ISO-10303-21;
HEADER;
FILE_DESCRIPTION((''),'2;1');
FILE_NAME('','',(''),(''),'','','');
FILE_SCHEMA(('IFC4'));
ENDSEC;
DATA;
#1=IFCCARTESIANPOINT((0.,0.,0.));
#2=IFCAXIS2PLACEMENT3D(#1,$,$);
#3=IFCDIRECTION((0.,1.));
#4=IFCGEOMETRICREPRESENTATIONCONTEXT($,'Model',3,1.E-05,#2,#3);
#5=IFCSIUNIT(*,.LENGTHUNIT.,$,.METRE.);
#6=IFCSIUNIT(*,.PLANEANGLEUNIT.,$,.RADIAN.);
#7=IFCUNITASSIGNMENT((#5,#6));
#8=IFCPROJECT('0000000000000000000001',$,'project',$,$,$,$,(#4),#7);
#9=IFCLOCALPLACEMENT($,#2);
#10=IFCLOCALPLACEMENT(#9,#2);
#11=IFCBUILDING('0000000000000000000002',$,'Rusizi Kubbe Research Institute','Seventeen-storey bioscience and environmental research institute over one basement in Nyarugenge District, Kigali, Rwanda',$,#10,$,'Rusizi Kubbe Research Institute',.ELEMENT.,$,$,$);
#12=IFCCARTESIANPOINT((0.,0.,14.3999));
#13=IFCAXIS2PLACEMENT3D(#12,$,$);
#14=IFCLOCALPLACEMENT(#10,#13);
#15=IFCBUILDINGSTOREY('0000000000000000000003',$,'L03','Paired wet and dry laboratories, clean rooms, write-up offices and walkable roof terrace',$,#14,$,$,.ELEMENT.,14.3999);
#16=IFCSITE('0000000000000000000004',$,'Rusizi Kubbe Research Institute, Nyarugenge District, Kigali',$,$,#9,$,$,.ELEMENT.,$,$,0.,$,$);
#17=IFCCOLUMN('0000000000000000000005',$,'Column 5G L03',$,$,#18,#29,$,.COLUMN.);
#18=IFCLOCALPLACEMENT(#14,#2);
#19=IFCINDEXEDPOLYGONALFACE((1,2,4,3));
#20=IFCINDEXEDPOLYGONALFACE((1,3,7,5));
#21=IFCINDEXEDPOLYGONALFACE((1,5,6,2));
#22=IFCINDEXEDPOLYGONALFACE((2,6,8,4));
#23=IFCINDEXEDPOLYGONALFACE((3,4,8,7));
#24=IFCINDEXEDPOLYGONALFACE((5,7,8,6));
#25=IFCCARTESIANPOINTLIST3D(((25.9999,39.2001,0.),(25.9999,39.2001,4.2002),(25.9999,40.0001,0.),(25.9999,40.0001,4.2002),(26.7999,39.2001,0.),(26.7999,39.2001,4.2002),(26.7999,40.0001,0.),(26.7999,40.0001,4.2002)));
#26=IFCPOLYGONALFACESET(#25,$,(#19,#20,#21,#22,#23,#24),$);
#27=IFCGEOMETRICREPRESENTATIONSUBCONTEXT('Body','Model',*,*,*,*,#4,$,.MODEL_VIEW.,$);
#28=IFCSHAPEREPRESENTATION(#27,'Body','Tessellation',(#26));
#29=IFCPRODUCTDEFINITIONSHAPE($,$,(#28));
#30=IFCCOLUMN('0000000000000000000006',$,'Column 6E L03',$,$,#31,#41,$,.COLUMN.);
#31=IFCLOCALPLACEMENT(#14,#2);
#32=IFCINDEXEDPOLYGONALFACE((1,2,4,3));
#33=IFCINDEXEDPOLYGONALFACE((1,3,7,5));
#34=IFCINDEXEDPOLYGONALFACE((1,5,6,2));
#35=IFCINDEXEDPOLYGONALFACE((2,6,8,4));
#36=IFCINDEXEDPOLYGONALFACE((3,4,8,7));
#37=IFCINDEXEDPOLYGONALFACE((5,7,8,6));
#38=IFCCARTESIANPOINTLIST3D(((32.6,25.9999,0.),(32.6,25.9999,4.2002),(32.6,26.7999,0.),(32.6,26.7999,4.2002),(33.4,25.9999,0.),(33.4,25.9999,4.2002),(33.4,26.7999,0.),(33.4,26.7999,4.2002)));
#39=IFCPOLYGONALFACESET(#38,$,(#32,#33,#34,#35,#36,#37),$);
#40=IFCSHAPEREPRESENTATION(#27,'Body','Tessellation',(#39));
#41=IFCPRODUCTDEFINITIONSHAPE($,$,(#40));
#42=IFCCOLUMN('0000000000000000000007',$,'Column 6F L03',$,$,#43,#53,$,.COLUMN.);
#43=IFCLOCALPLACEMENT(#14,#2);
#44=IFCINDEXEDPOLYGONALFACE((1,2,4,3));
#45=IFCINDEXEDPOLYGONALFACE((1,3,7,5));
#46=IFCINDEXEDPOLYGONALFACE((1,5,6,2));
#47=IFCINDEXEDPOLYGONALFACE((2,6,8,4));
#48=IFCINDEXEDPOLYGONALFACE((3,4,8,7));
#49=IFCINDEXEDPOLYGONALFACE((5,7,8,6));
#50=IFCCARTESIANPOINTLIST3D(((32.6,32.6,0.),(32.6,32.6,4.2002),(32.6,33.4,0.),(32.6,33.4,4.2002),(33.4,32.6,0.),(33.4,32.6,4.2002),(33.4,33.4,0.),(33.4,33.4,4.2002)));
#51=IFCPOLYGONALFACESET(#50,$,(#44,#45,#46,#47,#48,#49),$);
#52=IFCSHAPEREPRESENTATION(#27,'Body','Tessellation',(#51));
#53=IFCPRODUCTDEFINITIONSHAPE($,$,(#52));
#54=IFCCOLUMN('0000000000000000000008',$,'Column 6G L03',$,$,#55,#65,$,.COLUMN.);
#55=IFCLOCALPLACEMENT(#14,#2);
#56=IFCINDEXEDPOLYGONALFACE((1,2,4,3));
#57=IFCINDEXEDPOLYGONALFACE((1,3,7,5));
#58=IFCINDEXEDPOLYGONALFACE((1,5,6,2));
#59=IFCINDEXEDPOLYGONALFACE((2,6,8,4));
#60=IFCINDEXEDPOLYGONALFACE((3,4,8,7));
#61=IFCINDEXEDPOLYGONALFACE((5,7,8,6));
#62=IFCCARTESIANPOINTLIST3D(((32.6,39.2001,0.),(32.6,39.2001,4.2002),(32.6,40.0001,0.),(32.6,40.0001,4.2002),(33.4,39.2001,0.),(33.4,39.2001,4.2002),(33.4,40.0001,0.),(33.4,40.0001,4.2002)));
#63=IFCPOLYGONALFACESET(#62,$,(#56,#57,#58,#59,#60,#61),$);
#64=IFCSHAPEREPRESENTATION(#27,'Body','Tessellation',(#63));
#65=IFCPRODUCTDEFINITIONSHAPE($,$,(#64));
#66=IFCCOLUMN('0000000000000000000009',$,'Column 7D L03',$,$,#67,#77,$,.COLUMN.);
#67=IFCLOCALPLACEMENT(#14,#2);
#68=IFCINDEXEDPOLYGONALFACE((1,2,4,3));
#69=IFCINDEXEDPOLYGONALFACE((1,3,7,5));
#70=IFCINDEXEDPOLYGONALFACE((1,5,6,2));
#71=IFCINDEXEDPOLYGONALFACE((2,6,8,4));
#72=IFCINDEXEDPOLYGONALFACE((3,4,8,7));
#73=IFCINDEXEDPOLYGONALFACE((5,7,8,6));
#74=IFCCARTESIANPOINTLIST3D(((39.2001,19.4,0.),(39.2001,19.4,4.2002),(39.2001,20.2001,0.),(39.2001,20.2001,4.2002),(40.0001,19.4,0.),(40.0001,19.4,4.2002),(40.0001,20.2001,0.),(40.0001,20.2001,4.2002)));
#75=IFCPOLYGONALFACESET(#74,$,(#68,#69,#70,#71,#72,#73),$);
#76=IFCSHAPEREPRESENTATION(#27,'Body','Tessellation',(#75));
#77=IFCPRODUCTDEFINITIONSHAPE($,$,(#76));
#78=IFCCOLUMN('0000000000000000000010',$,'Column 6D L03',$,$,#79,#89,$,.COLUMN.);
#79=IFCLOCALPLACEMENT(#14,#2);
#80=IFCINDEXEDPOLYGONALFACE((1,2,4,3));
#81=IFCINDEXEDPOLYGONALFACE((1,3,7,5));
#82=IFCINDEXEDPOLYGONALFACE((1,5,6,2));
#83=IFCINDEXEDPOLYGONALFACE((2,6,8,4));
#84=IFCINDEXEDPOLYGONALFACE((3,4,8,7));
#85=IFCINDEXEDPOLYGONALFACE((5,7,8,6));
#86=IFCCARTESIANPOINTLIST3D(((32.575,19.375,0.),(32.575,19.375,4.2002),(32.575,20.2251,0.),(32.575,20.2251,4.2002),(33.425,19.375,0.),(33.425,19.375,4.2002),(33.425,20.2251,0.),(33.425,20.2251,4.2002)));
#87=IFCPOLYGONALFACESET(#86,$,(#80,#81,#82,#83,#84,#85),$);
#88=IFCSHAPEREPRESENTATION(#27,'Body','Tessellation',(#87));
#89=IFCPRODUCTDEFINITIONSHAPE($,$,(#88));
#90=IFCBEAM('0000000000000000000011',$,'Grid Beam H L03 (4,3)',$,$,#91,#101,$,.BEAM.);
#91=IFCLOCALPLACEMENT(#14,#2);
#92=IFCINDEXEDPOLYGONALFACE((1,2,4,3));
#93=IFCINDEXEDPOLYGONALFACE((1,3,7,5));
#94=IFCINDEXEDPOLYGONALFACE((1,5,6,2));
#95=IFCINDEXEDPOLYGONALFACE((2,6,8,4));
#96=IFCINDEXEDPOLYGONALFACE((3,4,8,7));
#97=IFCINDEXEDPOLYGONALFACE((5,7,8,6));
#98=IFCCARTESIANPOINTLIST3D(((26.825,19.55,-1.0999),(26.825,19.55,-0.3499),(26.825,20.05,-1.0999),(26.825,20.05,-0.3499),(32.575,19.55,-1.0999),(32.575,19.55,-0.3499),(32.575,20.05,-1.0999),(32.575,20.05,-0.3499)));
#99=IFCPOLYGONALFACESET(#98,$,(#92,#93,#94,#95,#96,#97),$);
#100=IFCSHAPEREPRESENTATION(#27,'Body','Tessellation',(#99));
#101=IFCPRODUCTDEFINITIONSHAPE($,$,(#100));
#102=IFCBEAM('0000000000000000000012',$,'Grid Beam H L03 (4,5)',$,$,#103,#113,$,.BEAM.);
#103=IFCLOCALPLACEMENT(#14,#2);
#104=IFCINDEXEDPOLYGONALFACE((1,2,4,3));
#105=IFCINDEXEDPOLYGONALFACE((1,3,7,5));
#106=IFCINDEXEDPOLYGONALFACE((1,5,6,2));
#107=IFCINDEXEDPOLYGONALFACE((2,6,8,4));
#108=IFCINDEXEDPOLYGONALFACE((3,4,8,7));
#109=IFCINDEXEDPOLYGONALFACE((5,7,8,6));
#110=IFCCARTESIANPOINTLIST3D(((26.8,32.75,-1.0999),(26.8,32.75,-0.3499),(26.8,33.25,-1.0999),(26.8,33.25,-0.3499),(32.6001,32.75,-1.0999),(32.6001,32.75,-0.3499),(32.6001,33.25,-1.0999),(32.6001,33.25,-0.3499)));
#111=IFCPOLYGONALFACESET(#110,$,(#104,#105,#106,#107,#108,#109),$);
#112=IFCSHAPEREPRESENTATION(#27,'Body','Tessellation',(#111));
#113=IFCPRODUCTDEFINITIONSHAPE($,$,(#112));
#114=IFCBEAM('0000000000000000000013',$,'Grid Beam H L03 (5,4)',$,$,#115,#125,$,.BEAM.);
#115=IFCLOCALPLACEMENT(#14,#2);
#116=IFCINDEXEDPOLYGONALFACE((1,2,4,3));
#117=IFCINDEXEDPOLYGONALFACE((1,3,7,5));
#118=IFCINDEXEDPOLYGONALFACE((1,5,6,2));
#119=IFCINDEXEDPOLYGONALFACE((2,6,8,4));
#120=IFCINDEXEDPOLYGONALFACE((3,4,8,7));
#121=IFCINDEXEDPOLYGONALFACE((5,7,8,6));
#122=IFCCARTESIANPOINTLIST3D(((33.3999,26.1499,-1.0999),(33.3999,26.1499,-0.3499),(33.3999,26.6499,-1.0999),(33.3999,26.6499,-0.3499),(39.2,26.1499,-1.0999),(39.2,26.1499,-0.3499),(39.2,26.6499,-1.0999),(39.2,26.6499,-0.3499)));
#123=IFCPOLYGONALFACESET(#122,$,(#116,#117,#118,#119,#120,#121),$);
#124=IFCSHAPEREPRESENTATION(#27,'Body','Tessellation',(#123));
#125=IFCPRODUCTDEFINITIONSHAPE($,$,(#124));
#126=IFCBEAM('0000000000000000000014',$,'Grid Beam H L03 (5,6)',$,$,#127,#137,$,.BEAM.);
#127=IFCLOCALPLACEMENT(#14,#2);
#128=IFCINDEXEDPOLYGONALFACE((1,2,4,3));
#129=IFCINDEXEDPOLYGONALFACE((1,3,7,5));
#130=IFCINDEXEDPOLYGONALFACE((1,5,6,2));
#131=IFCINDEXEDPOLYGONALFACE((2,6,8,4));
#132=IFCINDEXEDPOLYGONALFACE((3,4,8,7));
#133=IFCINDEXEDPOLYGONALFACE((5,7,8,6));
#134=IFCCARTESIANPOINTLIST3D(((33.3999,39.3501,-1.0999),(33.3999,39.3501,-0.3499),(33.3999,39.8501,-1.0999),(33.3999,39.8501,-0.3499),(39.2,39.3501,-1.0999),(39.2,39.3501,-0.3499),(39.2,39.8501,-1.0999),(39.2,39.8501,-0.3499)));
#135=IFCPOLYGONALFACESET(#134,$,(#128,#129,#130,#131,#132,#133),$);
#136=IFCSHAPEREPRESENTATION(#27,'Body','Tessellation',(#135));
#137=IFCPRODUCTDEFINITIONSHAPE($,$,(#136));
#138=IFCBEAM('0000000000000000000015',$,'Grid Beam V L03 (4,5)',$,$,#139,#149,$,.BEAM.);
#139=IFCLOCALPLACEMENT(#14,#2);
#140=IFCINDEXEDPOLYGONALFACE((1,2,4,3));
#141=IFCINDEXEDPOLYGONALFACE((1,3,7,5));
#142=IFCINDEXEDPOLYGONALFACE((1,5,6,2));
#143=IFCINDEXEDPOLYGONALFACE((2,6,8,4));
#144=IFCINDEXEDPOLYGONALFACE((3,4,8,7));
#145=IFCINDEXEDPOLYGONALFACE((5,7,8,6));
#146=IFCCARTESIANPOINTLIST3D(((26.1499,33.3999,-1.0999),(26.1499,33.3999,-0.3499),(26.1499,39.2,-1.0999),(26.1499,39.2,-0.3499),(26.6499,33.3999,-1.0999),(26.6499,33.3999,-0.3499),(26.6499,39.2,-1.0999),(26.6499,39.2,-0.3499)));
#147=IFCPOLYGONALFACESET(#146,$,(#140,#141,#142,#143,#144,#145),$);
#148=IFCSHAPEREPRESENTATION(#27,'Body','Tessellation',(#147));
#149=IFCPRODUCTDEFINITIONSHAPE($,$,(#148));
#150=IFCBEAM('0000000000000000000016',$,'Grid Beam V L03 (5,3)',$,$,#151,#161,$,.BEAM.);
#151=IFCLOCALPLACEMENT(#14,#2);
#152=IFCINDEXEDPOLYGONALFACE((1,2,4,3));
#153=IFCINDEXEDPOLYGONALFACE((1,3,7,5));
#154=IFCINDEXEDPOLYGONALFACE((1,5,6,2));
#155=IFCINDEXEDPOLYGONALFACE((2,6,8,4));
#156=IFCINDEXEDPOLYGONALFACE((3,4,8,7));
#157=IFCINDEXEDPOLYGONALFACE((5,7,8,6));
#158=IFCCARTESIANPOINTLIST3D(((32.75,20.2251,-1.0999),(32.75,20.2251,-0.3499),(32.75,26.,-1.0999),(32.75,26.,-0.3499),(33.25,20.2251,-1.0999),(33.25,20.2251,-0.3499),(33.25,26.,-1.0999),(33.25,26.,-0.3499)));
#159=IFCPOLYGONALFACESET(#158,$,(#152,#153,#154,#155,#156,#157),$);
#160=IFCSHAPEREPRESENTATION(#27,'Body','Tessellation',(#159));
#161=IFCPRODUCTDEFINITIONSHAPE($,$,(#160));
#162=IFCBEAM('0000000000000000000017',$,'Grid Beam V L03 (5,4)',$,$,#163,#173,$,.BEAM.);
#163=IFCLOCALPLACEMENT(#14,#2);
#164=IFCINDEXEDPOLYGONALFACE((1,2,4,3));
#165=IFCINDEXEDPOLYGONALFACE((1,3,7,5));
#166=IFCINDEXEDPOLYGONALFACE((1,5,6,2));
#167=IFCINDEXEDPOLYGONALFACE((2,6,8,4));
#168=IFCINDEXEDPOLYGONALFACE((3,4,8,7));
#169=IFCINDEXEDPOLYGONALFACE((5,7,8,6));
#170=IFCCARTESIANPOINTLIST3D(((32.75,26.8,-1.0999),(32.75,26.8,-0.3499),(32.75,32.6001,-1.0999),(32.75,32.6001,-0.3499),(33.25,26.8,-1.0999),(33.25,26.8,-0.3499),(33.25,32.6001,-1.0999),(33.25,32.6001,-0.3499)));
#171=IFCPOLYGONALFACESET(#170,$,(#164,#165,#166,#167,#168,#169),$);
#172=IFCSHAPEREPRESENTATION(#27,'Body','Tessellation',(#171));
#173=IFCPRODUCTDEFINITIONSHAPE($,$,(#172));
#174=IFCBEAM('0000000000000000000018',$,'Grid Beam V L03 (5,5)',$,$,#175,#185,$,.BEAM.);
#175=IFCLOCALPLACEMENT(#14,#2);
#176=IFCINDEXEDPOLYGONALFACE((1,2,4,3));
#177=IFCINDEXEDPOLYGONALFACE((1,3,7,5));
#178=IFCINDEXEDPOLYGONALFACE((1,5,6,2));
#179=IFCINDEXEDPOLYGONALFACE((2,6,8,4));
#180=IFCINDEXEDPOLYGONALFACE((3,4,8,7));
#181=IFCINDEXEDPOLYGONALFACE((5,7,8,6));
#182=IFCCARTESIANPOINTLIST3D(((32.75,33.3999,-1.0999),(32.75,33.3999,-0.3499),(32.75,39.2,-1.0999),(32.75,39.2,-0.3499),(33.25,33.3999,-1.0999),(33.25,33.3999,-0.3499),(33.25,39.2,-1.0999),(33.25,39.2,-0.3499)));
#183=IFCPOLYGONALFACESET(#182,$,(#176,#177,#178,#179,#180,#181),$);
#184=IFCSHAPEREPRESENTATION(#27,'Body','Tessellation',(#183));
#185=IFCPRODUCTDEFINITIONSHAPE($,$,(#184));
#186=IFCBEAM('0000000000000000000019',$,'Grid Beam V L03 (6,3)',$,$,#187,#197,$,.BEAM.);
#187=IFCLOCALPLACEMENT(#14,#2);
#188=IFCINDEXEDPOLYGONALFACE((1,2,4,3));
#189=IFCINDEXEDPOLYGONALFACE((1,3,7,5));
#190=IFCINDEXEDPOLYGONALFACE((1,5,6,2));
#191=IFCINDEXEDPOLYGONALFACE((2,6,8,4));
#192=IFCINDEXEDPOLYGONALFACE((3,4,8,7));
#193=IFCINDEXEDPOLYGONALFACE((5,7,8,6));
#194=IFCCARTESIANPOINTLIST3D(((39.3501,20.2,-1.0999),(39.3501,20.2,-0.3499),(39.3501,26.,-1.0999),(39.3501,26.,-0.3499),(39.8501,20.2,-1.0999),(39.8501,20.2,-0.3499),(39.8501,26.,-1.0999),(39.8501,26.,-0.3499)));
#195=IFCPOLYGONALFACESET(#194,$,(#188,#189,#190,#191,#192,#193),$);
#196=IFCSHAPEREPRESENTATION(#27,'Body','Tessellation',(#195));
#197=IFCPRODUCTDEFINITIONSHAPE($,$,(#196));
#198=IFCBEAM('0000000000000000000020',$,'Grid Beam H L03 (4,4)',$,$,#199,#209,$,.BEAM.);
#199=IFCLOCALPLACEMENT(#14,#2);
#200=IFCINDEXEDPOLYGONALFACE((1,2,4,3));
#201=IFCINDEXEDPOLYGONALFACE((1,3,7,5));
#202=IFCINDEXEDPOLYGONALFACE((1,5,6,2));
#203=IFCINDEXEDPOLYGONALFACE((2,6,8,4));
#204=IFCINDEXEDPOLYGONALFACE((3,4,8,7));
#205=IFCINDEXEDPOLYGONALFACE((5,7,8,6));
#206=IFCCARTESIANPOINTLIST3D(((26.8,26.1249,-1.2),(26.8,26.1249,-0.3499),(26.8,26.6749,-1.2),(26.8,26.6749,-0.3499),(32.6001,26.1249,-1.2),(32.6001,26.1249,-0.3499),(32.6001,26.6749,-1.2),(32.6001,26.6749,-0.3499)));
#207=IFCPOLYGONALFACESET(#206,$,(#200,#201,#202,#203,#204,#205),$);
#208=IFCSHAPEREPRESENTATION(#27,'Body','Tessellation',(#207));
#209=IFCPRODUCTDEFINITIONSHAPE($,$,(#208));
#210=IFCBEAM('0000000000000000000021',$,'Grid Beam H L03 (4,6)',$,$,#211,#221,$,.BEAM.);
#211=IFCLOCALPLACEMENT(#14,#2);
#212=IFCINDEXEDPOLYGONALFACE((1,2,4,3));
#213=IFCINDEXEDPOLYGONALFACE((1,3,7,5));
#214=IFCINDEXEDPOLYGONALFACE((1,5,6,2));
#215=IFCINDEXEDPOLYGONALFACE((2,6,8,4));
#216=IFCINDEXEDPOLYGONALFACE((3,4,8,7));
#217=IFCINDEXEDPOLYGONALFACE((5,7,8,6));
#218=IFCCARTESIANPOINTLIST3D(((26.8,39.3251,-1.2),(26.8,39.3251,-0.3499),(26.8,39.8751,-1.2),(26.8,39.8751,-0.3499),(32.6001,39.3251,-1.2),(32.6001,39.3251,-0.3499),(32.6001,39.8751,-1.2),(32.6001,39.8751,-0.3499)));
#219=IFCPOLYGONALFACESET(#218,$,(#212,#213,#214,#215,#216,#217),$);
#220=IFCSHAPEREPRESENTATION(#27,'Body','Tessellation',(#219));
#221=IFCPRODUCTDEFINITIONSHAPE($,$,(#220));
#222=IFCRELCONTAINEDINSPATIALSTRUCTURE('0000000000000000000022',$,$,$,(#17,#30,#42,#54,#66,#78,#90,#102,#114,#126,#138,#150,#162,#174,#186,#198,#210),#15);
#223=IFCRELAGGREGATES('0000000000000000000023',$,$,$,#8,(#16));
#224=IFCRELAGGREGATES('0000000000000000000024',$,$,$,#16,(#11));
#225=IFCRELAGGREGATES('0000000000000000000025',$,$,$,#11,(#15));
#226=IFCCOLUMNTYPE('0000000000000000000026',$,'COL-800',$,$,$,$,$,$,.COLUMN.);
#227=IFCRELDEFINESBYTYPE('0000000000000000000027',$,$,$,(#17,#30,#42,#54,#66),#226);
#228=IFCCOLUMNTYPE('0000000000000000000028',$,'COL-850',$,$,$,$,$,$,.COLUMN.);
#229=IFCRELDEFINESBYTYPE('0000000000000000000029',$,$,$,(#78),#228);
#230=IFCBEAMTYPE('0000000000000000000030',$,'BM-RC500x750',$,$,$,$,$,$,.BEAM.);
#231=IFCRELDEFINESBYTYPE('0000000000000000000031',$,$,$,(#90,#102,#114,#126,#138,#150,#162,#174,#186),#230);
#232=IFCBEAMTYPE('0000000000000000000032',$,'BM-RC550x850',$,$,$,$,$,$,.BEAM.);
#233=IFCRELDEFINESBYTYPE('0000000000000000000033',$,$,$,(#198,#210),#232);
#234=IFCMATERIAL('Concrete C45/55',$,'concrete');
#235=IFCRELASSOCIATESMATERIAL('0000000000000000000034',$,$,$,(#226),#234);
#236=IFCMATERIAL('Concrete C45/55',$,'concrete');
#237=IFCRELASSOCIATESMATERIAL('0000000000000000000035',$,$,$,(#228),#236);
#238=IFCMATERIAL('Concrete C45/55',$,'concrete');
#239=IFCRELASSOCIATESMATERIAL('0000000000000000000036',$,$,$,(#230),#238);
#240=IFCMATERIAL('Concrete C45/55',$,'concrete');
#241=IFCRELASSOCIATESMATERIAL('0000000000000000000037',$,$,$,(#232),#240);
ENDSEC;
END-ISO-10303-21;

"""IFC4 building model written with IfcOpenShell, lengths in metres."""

from ifc_helpers import new_model, si_unit, direction, frame, origin, origin_2d, place, context, subcontext, project, spatial, rectangle, extrude, material, material_profile, profile_set, type_object, element, save


model = new_model("IFC4")

# Units and contexts
model_context = context("Model", 3, precision=1e-05, world=origin(), true_north=direction((0.0, 1.0)))
body_context = subcontext(model_context, "Body", "Model", "MODEL_VIEW")
ifc_project = project(units=[si_unit("LENGTHUNIT", "METRE"), si_unit("PLANEANGLEUNIT", "RADIAN")], contexts=[model_context])

# Site, building, storey
site_placement = place(None, origin())
site = spatial("IfcSite", under=ifc_project, at=site_placement, Name="Rusizi Kubbe Research Institute, Nyarugenge District, Kigali", CompositionType="ELEMENT", RefElevation=0.0)
building_placement = place(site_placement, origin())
building = spatial("IfcBuilding", under=site, at=building_placement, Name="Rusizi Kubbe Research Institute", Description="Seventeen-storey bioscience and environmental research institute over one basement in Nyarugenge District, Kigali, Rwanda", LongName="Rusizi Kubbe Research Institute", CompositionType="ELEMENT")
storey_placement = place(building_placement, frame((0.0, 0.0, 14.3999)))
storey = spatial("IfcBuildingStorey", under=building, at=storey_placement, Name="L03", Description="Paired wet and dry laboratories, clean rooms, write-up offices and walkable roof terrace", CompositionType="ELEMENT", Elevation=14.3999)

# Columns
ifc_material_1 = material(Name="Concrete C45/55", Category="concrete")
ifc_material_profile_1 = material_profile(ifc_material_1, rectangle(XDim=0.8, YDim=0.8, at=origin_2d()), Name="RC800x800")
ifc_profile_set_1 = profile_set([ifc_material_profile_1], Name="Concrete C45/55")
column_type_1 = type_object("IfcColumnType", Name="COL-800", PredefinedType="COLUMN", material=ifc_profile_set_1)
for number, where, z_axis, x_axis, name in (
    (1, (26.3999, 39.6001, 0.0), (0.0, 0.0, 1.0), (1.0, 0.0, 0.0), "Column 5G L03"),
    (2, (33.0, 26.3999, 0.0), (0.0, 0.0, 1.0), (1.0, 0.0, 0.0), "Column 6E L03"),
    (3, (33.0, 33.0, 0.0), (0.0, 0.0, 1.0), (1.0, 0.0, 0.0), "Column 6F L03"),
    (4, (33.0, 39.6001, 0.0), (0.0, 0.0, 1.0), (1.0, 0.0, 0.0), "Column 6G L03"),
    (5, (39.6001, 19.8, 0.0), (0.0, 0.0, 1.0), (1.0, 0.0, 0.0), "Column 7D L03"),
):
    element("IfcColumn", number, at=place(storey_placement, frame(where, z_axis=z_axis, x_axis=x_axis)), inside=storey, type_object=column_type_1, Name=name, PredefinedType="COLUMN", context=body_context, shape_type="SweptSolid", body=[
        extrude(rectangle(XDim=0.8, YDim=0.8, at=origin_2d()), origin(), (0.0, 0.0, 1.0), 4.2002),
    ])
ifc_material_2 = material(Name="Concrete C45/55", Category="concrete")
ifc_material_profile_2 = material_profile(ifc_material_2, rectangle(XDim=0.8501, YDim=0.8501, at=origin_2d()), Name="RC850x850")
ifc_profile_set_2 = profile_set([ifc_material_profile_2], Name="Concrete C45/55")
column_type_2 = type_object("IfcColumnType", Name="COL-850", PredefinedType="COLUMN", material=ifc_profile_set_2)
column_placement = place(storey_placement, frame((33.0, 19.8, 0.0), z_axis=(0.0, 0.0, 1.0), x_axis=(1.0, 0.0, 0.0)))
element("IfcColumn", 6, at=column_placement, inside=storey, type_object=column_type_2, Name="Column 6D L03", PredefinedType="COLUMN", context=body_context, shape_type="SweptSolid", body=[
    extrude(rectangle(XDim=0.8501, YDim=0.8501, at=origin_2d()), origin(), (0.0, 0.0, 1.0), 4.2002),
])

# Beams
ifc_material_3 = material(Name="Concrete C45/55", Category="concrete")
ifc_material_profile_3 = material_profile(ifc_material_3, rectangle(XDim=0.5, YDim=0.75, at=origin_2d()), Name="RC500x750B")
ifc_profile_set_3 = profile_set([ifc_material_profile_3], Name="Concrete C45/55")
beam_type_1 = type_object("IfcBeamType", Name="BM-RC500x750", PredefinedType="BEAM", material=ifc_profile_set_3)
beam_1_placement = place(storey_placement, frame((26.825, 19.8, -0.7249), z_axis=(1.0, 0.0, 0.0), x_axis=(0.0, 1.0, 0.0)))
element("IfcBeam", 7, at=beam_1_placement, inside=storey, type_object=beam_type_1, Name="Grid Beam H L03 (4,3)", PredefinedType="BEAM", context=body_context, shape_type="SweptSolid", body=[
    extrude(rectangle(XDim=0.5, YDim=0.75, at=origin_2d()), origin(), (0.0, 0.0, 1.0), 5.75),
])
for number, where, z_axis, x_axis, name in (
    (8, (26.8, 33.0, -0.7249), (1.0, 0.0, 0.0), (0.0, 1.0, 0.0), "Grid Beam H L03 (4,5)"),
    (9, (33.3999, 26.3999, -0.7249), (1.0, 0.0, 0.0), (0.0, 1.0, 0.0), "Grid Beam H L03 (5,4)"),
    (10, (33.3999, 39.6001, -0.7249), (1.0, 0.0, 0.0), (0.0, 1.0, 0.0), "Grid Beam H L03 (5,6)"),
    (11, (26.3999, 33.3999, -0.7249), (0.0, 1.0, 0.0), (-1.0, 0.0, 0.0), "Grid Beam V L03 (4,5)"),
):
    element("IfcBeam", number, at=place(storey_placement, frame(where, z_axis=z_axis, x_axis=x_axis)), inside=storey, type_object=beam_type_1, Name=name, PredefinedType="BEAM", context=body_context, shape_type="SweptSolid", body=[
        extrude(rectangle(XDim=0.5, YDim=0.75, at=origin_2d()), origin(), (0.0, 0.0, 1.0), 5.8),
    ])
beam_2_placement = place(storey_placement, frame((33.0, 20.2251, -0.7249), z_axis=(0.0, 1.0, 0.0), x_axis=(-1.0, 0.0, 0.0)))
element("IfcBeam", 12, at=beam_2_placement, inside=storey, type_object=beam_type_1, Name="Grid Beam V L03 (5,3)", PredefinedType="BEAM", context=body_context, shape_type="SweptSolid", body=[
    extrude(rectangle(XDim=0.5, YDim=0.75, at=origin_2d()), origin(), (0.0, 0.0, 1.0), 5.7749),
])
for number, where, z_axis, x_axis, name in (
    (13, (33.0, 26.8, -0.7249), (0.0, 1.0, 0.0), (-1.0, 0.0, 0.0), "Grid Beam V L03 (5,4)"),
    (14, (33.0, 33.3999, -0.7249), (0.0, 1.0, 0.0), (-1.0, 0.0, 0.0), "Grid Beam V L03 (5,5)"),
    (15, (39.6001, 20.2, -0.7249), (0.0, 1.0, 0.0), (-1.0, 0.0, 0.0), "Grid Beam V L03 (6,3)"),
):
    element("IfcBeam", number, at=place(storey_placement, frame(where, z_axis=z_axis, x_axis=x_axis)), inside=storey, type_object=beam_type_1, Name=name, PredefinedType="BEAM", context=body_context, shape_type="SweptSolid", body=[
        extrude(rectangle(XDim=0.5, YDim=0.75, at=origin_2d()), origin(), (0.0, 0.0, 1.0), 5.8),
    ])
ifc_material_4 = material(Name="Concrete C45/55", Category="concrete")
ifc_material_profile_4 = material_profile(ifc_material_4, rectangle(XDim=0.55, YDim=0.8501, at=origin_2d()), Name="RC550x850")
ifc_profile_set_4 = profile_set([ifc_material_profile_4], Name="Concrete C45/55")
beam_type_2 = type_object("IfcBeamType", Name="BM-RC550x850", PredefinedType="BEAM", material=ifc_profile_set_4)
for number, where, z_axis, x_axis, name in (
    (16, (26.8, 26.3999, -0.7749), (1.0, 0.0, 0.0), (0.0, 1.0, 0.0), "Grid Beam H L03 (4,4)"),
    (17, (26.8, 39.6001, -0.7749), (1.0, 0.0, 0.0), (0.0, 1.0, 0.0), "Grid Beam H L03 (4,6)"),
):
    element("IfcBeam", number, at=place(storey_placement, frame(where, z_axis=z_axis, x_axis=x_axis)), inside=storey, type_object=beam_type_2, Name=name, PredefinedType="BEAM", context=body_context, shape_type="SweptSolid", body=[
        extrude(rectangle(XDim=0.55, YDim=0.8501, at=origin_2d()), origin(), (0.0, 0.0, 1.0), 5.8),
    ])

save(model, "model.ifc")
